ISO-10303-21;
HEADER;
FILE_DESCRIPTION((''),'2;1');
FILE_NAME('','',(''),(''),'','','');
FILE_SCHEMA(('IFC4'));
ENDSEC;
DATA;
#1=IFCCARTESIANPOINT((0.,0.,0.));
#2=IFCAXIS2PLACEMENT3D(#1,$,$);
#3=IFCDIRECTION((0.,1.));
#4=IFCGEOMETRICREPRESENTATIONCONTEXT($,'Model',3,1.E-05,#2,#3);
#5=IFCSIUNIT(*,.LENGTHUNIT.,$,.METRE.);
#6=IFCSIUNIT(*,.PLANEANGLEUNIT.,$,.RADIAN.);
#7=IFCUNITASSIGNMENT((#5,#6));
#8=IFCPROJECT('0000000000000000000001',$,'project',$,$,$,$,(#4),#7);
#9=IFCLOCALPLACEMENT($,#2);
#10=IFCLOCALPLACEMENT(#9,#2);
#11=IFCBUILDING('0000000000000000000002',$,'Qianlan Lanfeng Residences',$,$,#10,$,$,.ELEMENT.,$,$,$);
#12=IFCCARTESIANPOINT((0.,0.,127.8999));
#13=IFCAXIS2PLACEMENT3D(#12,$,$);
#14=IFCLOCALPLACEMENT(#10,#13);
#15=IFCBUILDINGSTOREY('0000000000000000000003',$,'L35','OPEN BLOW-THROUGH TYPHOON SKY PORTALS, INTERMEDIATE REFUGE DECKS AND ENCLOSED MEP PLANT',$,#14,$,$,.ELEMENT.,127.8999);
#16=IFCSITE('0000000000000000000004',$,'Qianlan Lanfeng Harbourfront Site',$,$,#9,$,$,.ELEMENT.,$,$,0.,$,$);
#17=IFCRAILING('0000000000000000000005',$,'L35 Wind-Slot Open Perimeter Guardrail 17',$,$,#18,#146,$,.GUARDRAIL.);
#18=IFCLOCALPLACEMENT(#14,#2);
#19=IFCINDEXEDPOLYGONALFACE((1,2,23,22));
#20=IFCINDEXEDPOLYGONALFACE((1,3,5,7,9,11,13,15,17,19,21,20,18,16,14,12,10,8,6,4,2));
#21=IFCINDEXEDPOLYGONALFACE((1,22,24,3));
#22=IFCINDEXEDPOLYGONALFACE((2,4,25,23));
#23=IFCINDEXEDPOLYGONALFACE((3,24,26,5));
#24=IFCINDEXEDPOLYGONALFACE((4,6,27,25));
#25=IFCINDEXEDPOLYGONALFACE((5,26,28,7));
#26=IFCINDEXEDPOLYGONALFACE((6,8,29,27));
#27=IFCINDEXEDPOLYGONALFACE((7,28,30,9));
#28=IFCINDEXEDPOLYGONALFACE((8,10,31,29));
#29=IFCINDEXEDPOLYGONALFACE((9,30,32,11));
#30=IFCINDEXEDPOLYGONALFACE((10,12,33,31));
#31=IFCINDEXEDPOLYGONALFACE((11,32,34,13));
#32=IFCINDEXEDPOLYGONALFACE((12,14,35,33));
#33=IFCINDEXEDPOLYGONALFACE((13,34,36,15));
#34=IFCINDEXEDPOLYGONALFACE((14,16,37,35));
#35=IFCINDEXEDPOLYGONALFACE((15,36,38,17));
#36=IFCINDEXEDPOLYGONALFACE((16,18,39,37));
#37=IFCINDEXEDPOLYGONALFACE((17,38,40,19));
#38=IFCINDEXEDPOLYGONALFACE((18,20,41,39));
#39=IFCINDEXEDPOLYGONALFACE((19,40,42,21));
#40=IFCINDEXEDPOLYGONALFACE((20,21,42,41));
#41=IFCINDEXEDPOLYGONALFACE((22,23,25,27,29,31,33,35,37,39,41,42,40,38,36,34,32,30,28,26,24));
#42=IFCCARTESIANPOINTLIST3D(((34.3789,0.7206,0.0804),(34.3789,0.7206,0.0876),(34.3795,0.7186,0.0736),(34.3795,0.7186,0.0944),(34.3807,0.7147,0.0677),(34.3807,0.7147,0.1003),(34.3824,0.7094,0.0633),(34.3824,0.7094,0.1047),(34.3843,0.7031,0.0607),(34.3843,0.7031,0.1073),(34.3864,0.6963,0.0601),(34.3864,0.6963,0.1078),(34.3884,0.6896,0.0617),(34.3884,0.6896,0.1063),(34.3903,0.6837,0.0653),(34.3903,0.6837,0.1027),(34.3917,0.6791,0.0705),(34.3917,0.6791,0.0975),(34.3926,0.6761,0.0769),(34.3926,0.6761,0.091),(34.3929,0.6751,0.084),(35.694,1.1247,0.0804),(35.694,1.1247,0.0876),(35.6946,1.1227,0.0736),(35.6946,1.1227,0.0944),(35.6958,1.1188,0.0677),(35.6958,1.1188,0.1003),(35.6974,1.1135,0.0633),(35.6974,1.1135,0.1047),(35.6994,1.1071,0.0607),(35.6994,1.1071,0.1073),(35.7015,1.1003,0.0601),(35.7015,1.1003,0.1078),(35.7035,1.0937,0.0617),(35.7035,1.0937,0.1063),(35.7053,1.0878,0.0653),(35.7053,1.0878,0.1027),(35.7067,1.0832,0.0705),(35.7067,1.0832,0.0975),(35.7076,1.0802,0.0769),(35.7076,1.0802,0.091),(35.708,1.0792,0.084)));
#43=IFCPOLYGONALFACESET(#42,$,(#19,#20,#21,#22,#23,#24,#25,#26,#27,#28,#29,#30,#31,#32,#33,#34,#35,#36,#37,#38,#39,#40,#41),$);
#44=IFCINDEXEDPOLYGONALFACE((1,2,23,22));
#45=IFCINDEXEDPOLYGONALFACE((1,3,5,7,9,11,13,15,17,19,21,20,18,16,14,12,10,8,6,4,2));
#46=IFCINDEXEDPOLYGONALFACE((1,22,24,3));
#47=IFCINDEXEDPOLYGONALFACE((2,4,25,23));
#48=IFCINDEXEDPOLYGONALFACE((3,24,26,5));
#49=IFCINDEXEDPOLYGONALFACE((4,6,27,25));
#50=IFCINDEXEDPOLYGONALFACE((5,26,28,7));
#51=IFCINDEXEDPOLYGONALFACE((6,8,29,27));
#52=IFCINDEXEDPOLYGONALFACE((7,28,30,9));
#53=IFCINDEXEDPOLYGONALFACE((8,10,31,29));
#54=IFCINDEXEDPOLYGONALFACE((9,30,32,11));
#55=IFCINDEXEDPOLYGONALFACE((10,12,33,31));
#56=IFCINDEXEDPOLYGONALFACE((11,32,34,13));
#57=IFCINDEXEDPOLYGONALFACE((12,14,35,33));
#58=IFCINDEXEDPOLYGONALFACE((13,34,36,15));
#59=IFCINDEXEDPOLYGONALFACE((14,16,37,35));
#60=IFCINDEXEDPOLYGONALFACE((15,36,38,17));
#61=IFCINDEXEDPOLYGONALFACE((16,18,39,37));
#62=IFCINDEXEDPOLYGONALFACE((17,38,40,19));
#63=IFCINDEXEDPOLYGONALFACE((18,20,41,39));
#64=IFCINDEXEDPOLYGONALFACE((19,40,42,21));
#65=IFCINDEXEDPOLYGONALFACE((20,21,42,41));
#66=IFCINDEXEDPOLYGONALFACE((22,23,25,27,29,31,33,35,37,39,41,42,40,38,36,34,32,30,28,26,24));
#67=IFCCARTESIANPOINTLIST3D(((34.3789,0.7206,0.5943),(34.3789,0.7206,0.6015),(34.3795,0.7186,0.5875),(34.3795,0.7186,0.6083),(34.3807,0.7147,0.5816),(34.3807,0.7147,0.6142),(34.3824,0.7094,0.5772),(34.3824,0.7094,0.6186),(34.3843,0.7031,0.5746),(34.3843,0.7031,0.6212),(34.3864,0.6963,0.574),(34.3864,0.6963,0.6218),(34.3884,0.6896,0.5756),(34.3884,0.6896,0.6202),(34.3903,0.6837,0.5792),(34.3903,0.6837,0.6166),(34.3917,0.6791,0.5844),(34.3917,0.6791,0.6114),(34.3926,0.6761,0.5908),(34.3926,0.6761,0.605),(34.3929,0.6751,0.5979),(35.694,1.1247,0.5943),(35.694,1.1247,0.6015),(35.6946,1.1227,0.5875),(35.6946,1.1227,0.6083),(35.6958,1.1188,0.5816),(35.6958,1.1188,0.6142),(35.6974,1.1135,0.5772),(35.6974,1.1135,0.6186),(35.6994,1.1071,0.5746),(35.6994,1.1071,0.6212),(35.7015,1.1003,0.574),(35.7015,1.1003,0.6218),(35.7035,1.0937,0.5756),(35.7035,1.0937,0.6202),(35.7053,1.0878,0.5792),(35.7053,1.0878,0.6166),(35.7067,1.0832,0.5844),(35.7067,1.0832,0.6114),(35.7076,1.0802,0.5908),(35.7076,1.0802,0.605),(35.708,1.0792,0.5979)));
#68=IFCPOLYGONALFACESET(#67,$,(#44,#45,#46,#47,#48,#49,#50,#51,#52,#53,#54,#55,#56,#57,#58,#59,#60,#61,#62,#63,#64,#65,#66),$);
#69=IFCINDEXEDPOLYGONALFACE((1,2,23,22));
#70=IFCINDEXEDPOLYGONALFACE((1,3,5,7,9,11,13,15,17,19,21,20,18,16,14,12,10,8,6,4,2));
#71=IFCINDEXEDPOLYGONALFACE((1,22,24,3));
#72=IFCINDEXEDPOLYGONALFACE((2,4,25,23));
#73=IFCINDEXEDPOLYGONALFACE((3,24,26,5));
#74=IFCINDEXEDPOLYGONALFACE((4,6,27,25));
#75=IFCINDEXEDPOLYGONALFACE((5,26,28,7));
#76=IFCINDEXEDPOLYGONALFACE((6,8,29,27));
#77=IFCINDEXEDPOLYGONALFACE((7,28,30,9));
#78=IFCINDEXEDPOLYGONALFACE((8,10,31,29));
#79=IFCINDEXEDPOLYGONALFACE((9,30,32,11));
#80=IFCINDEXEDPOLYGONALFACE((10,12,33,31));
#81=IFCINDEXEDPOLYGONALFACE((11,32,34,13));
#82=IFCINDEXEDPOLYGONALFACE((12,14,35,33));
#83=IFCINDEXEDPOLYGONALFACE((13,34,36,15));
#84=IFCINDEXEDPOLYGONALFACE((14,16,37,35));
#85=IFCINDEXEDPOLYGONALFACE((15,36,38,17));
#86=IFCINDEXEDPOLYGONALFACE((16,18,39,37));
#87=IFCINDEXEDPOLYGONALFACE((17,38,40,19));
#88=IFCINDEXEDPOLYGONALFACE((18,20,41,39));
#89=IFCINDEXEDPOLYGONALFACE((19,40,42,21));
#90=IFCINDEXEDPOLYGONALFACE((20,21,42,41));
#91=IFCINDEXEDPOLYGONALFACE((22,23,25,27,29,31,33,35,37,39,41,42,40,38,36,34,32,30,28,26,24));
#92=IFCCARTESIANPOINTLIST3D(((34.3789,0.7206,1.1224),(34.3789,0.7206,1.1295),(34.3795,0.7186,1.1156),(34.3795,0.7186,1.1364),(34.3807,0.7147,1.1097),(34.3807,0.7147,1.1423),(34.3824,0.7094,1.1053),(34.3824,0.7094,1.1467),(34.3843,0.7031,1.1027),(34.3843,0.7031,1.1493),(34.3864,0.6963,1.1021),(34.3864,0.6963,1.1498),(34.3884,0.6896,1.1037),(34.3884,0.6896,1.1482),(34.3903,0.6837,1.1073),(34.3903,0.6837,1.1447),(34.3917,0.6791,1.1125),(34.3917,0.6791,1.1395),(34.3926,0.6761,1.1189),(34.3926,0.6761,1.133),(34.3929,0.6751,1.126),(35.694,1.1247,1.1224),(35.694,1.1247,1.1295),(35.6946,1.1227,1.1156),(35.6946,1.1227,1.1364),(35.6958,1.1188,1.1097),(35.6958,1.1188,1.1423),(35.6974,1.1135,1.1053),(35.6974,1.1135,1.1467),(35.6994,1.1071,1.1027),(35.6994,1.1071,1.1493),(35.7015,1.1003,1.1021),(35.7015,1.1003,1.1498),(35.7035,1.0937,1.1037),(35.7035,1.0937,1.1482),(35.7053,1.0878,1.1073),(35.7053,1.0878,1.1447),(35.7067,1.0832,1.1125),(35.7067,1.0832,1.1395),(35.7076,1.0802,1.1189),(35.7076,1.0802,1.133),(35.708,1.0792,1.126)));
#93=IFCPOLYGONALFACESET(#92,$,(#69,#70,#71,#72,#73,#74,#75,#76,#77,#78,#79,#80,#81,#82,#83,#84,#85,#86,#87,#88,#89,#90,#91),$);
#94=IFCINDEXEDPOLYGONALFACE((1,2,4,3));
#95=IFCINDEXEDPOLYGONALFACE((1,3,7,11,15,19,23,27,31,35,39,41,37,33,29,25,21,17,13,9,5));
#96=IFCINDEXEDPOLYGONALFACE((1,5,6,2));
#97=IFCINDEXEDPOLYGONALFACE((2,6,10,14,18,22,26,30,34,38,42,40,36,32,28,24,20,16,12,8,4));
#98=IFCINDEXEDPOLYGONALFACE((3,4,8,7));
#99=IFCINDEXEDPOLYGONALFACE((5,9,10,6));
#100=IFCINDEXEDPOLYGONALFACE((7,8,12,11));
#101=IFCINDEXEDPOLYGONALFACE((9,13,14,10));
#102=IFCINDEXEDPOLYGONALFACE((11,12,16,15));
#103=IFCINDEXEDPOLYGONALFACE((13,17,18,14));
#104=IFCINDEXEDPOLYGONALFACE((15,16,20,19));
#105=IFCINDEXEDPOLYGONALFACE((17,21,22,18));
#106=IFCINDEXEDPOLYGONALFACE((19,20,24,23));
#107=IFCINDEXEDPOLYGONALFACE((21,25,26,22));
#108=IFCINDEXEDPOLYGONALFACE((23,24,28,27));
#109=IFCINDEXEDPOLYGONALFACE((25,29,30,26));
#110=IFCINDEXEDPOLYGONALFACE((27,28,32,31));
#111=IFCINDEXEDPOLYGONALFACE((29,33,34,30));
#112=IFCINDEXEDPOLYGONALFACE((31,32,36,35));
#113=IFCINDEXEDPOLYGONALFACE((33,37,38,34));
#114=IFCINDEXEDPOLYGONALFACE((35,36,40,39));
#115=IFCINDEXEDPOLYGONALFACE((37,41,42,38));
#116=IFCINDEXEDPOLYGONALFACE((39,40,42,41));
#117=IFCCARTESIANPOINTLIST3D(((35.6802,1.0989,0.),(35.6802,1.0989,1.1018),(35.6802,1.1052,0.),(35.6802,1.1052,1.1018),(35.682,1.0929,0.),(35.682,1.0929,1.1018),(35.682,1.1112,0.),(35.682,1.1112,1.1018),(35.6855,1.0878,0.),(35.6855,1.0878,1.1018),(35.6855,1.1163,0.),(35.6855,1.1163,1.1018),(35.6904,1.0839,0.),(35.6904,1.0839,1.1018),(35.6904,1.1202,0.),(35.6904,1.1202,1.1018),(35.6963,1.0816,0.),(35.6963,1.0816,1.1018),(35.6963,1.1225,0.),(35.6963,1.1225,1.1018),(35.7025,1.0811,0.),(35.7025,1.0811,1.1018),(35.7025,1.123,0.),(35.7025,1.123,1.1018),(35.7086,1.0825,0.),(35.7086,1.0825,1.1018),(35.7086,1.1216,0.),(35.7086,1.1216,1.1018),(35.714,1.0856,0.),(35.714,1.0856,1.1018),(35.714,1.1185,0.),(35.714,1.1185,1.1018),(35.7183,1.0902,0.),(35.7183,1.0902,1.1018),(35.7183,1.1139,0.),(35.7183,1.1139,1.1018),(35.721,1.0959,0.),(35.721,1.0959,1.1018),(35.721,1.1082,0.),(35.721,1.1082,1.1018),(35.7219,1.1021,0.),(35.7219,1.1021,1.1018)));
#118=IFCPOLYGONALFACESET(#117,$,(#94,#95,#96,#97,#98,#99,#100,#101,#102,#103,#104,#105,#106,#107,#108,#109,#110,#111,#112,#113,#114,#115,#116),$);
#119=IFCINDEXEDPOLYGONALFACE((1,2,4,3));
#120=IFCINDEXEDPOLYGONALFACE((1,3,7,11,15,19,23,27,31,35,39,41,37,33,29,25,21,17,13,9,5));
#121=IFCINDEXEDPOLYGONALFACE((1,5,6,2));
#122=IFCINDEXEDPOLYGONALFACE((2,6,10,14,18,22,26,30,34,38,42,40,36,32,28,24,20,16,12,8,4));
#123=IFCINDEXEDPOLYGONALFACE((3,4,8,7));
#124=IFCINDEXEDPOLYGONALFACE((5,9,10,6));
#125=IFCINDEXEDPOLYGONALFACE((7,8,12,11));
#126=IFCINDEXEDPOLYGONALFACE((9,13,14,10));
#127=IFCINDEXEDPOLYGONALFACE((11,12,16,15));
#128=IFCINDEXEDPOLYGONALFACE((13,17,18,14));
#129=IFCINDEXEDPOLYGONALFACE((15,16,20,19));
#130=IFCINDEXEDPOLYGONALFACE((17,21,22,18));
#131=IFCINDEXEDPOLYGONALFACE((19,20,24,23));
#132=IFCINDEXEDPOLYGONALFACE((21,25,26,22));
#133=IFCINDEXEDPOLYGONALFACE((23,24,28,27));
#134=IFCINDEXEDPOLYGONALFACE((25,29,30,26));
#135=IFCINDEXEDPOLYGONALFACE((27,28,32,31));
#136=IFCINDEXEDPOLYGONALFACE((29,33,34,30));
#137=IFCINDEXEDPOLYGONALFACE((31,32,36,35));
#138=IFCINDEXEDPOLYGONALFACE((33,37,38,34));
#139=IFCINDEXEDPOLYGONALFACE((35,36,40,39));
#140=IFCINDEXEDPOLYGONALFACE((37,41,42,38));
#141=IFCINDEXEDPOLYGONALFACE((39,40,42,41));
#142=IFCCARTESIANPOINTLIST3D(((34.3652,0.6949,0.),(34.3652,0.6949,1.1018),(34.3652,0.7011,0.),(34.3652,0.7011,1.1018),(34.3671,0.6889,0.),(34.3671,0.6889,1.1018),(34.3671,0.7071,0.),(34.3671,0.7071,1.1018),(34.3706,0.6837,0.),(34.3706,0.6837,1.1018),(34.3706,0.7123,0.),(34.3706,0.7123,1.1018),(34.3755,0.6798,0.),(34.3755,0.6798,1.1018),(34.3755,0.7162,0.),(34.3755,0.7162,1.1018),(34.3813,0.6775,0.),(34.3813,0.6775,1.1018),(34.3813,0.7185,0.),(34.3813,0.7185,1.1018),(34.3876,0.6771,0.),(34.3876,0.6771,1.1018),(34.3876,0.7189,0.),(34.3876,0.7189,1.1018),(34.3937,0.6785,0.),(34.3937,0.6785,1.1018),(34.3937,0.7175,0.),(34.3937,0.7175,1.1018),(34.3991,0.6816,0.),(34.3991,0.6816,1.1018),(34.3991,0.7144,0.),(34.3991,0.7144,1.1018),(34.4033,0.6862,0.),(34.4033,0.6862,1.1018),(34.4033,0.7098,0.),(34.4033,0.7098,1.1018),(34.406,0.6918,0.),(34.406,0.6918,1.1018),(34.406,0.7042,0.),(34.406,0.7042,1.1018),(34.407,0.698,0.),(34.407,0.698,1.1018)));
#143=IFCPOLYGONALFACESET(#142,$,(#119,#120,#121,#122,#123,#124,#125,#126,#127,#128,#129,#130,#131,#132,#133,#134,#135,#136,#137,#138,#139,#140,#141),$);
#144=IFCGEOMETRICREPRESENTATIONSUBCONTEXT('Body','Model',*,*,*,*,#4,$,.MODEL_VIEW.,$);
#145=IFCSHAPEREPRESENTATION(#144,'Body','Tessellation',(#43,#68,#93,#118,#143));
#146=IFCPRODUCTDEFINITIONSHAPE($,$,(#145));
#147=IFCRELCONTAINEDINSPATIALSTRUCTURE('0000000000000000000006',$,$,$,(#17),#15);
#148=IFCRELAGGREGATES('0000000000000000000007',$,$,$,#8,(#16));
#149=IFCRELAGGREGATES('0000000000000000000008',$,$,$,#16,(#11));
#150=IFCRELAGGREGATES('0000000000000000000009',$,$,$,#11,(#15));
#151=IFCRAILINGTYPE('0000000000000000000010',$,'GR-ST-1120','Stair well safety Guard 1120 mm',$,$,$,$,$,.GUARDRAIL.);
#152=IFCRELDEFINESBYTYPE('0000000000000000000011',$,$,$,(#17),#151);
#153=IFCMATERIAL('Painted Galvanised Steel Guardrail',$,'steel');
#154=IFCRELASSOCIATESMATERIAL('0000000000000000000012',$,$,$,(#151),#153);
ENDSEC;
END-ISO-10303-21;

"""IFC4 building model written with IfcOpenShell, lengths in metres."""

from ifc_helpers import new_model, si_unit, direction, frame, origin, origin_2d, place, context, subcontext, project, spatial, circle, extrude, material, type_object, element, save


model = new_model("IFC4")

# Units and contexts
model_context = context("Model", 3, precision=1e-05, world=origin(), true_north=direction((0.0, 1.0)))
body_context = subcontext(model_context, "Body", "Model", "MODEL_VIEW")
ifc_project = project(units=[si_unit("LENGTHUNIT", "METRE"), si_unit("PLANEANGLEUNIT", "RADIAN")], contexts=[model_context])

# Site, building, storey
site_placement = place(None, origin())
site = spatial("IfcSite", under=ifc_project, at=site_placement, Name="Qianlan Lanfeng Harbourfront Site", CompositionType="ELEMENT", RefElevation=0.0)
building_placement = place(site_placement, origin())
building = spatial("IfcBuilding", under=site, at=building_placement, Name="Qianlan Lanfeng Residences", CompositionType="ELEMENT")
storey_placement = place(building_placement, frame((0.0, 0.0, 127.8999)))
storey = spatial("IfcBuildingStorey", under=building, at=storey_placement, Name="L35", Description="OPEN BLOW-THROUGH TYPHOON SKY PORTALS, INTERMEDIATE REFUGE DECKS AND ENCLOSED MEP PLANT", CompositionType="ELEMENT", Elevation=127.8999)

# Railing
ifc_material_1 = material(Name="Painted Galvanised Steel Guardrail", Category="steel")
railing_type = type_object("IfcRailingType", Name="GR-ST-1120", Description="Stair well safety Guard 1120 mm", PredefinedType="GUARDRAIL", material=ifc_material_1)
railing_1_placement = place(storey_placement, frame((35.7009, 1.1021, 0.0)))
element("IfcRailing", 1, at=railing_1_placement, inside=storey, type_object=railing_type, Name="L35 Wind-Slot Open Perimeter Guardrail 17", PredefinedType="GUARDRAIL", context=body_context, shape_type="SweptSolid", body=[
    extrude(circle(Radius=0.0239, at=origin_2d()), frame((0.0, 0.0, 0.084), z_axis=(-0.95589, -0.293724, 0.0), x_axis=(0.293724, -0.95589, 0.0)), (0.0, 0.0, 1.0), 1.3757),
    extrude(circle(Radius=0.0239, at=origin_2d()), frame((0.0, 0.0, 0.5979), z_axis=(-0.95589, -0.293724, 0.0), x_axis=(0.293724, -0.95589, 0.0)), (0.0, 0.0, 1.0), 1.3757),
    extrude(circle(Radius=0.0239, at=origin_2d()), frame((0.0, 0.0, 1.126), z_axis=(-0.95589, -0.293724, 0.0), x_axis=(0.293724, -0.95589, 0.0)), (0.0, 0.0, 1.0), 1.3757),
    extrude(circle(Radius=0.021, at=origin_2d()), origin(), (0.0, 0.0, 1.0), 1.1018),
    extrude(circle(Radius=0.021, at=origin_2d()), frame((-1.3149, -0.4041, 0.0)), (0.0, 0.0, 1.0), 1.1018),
])

save(model, "model.ifc")
